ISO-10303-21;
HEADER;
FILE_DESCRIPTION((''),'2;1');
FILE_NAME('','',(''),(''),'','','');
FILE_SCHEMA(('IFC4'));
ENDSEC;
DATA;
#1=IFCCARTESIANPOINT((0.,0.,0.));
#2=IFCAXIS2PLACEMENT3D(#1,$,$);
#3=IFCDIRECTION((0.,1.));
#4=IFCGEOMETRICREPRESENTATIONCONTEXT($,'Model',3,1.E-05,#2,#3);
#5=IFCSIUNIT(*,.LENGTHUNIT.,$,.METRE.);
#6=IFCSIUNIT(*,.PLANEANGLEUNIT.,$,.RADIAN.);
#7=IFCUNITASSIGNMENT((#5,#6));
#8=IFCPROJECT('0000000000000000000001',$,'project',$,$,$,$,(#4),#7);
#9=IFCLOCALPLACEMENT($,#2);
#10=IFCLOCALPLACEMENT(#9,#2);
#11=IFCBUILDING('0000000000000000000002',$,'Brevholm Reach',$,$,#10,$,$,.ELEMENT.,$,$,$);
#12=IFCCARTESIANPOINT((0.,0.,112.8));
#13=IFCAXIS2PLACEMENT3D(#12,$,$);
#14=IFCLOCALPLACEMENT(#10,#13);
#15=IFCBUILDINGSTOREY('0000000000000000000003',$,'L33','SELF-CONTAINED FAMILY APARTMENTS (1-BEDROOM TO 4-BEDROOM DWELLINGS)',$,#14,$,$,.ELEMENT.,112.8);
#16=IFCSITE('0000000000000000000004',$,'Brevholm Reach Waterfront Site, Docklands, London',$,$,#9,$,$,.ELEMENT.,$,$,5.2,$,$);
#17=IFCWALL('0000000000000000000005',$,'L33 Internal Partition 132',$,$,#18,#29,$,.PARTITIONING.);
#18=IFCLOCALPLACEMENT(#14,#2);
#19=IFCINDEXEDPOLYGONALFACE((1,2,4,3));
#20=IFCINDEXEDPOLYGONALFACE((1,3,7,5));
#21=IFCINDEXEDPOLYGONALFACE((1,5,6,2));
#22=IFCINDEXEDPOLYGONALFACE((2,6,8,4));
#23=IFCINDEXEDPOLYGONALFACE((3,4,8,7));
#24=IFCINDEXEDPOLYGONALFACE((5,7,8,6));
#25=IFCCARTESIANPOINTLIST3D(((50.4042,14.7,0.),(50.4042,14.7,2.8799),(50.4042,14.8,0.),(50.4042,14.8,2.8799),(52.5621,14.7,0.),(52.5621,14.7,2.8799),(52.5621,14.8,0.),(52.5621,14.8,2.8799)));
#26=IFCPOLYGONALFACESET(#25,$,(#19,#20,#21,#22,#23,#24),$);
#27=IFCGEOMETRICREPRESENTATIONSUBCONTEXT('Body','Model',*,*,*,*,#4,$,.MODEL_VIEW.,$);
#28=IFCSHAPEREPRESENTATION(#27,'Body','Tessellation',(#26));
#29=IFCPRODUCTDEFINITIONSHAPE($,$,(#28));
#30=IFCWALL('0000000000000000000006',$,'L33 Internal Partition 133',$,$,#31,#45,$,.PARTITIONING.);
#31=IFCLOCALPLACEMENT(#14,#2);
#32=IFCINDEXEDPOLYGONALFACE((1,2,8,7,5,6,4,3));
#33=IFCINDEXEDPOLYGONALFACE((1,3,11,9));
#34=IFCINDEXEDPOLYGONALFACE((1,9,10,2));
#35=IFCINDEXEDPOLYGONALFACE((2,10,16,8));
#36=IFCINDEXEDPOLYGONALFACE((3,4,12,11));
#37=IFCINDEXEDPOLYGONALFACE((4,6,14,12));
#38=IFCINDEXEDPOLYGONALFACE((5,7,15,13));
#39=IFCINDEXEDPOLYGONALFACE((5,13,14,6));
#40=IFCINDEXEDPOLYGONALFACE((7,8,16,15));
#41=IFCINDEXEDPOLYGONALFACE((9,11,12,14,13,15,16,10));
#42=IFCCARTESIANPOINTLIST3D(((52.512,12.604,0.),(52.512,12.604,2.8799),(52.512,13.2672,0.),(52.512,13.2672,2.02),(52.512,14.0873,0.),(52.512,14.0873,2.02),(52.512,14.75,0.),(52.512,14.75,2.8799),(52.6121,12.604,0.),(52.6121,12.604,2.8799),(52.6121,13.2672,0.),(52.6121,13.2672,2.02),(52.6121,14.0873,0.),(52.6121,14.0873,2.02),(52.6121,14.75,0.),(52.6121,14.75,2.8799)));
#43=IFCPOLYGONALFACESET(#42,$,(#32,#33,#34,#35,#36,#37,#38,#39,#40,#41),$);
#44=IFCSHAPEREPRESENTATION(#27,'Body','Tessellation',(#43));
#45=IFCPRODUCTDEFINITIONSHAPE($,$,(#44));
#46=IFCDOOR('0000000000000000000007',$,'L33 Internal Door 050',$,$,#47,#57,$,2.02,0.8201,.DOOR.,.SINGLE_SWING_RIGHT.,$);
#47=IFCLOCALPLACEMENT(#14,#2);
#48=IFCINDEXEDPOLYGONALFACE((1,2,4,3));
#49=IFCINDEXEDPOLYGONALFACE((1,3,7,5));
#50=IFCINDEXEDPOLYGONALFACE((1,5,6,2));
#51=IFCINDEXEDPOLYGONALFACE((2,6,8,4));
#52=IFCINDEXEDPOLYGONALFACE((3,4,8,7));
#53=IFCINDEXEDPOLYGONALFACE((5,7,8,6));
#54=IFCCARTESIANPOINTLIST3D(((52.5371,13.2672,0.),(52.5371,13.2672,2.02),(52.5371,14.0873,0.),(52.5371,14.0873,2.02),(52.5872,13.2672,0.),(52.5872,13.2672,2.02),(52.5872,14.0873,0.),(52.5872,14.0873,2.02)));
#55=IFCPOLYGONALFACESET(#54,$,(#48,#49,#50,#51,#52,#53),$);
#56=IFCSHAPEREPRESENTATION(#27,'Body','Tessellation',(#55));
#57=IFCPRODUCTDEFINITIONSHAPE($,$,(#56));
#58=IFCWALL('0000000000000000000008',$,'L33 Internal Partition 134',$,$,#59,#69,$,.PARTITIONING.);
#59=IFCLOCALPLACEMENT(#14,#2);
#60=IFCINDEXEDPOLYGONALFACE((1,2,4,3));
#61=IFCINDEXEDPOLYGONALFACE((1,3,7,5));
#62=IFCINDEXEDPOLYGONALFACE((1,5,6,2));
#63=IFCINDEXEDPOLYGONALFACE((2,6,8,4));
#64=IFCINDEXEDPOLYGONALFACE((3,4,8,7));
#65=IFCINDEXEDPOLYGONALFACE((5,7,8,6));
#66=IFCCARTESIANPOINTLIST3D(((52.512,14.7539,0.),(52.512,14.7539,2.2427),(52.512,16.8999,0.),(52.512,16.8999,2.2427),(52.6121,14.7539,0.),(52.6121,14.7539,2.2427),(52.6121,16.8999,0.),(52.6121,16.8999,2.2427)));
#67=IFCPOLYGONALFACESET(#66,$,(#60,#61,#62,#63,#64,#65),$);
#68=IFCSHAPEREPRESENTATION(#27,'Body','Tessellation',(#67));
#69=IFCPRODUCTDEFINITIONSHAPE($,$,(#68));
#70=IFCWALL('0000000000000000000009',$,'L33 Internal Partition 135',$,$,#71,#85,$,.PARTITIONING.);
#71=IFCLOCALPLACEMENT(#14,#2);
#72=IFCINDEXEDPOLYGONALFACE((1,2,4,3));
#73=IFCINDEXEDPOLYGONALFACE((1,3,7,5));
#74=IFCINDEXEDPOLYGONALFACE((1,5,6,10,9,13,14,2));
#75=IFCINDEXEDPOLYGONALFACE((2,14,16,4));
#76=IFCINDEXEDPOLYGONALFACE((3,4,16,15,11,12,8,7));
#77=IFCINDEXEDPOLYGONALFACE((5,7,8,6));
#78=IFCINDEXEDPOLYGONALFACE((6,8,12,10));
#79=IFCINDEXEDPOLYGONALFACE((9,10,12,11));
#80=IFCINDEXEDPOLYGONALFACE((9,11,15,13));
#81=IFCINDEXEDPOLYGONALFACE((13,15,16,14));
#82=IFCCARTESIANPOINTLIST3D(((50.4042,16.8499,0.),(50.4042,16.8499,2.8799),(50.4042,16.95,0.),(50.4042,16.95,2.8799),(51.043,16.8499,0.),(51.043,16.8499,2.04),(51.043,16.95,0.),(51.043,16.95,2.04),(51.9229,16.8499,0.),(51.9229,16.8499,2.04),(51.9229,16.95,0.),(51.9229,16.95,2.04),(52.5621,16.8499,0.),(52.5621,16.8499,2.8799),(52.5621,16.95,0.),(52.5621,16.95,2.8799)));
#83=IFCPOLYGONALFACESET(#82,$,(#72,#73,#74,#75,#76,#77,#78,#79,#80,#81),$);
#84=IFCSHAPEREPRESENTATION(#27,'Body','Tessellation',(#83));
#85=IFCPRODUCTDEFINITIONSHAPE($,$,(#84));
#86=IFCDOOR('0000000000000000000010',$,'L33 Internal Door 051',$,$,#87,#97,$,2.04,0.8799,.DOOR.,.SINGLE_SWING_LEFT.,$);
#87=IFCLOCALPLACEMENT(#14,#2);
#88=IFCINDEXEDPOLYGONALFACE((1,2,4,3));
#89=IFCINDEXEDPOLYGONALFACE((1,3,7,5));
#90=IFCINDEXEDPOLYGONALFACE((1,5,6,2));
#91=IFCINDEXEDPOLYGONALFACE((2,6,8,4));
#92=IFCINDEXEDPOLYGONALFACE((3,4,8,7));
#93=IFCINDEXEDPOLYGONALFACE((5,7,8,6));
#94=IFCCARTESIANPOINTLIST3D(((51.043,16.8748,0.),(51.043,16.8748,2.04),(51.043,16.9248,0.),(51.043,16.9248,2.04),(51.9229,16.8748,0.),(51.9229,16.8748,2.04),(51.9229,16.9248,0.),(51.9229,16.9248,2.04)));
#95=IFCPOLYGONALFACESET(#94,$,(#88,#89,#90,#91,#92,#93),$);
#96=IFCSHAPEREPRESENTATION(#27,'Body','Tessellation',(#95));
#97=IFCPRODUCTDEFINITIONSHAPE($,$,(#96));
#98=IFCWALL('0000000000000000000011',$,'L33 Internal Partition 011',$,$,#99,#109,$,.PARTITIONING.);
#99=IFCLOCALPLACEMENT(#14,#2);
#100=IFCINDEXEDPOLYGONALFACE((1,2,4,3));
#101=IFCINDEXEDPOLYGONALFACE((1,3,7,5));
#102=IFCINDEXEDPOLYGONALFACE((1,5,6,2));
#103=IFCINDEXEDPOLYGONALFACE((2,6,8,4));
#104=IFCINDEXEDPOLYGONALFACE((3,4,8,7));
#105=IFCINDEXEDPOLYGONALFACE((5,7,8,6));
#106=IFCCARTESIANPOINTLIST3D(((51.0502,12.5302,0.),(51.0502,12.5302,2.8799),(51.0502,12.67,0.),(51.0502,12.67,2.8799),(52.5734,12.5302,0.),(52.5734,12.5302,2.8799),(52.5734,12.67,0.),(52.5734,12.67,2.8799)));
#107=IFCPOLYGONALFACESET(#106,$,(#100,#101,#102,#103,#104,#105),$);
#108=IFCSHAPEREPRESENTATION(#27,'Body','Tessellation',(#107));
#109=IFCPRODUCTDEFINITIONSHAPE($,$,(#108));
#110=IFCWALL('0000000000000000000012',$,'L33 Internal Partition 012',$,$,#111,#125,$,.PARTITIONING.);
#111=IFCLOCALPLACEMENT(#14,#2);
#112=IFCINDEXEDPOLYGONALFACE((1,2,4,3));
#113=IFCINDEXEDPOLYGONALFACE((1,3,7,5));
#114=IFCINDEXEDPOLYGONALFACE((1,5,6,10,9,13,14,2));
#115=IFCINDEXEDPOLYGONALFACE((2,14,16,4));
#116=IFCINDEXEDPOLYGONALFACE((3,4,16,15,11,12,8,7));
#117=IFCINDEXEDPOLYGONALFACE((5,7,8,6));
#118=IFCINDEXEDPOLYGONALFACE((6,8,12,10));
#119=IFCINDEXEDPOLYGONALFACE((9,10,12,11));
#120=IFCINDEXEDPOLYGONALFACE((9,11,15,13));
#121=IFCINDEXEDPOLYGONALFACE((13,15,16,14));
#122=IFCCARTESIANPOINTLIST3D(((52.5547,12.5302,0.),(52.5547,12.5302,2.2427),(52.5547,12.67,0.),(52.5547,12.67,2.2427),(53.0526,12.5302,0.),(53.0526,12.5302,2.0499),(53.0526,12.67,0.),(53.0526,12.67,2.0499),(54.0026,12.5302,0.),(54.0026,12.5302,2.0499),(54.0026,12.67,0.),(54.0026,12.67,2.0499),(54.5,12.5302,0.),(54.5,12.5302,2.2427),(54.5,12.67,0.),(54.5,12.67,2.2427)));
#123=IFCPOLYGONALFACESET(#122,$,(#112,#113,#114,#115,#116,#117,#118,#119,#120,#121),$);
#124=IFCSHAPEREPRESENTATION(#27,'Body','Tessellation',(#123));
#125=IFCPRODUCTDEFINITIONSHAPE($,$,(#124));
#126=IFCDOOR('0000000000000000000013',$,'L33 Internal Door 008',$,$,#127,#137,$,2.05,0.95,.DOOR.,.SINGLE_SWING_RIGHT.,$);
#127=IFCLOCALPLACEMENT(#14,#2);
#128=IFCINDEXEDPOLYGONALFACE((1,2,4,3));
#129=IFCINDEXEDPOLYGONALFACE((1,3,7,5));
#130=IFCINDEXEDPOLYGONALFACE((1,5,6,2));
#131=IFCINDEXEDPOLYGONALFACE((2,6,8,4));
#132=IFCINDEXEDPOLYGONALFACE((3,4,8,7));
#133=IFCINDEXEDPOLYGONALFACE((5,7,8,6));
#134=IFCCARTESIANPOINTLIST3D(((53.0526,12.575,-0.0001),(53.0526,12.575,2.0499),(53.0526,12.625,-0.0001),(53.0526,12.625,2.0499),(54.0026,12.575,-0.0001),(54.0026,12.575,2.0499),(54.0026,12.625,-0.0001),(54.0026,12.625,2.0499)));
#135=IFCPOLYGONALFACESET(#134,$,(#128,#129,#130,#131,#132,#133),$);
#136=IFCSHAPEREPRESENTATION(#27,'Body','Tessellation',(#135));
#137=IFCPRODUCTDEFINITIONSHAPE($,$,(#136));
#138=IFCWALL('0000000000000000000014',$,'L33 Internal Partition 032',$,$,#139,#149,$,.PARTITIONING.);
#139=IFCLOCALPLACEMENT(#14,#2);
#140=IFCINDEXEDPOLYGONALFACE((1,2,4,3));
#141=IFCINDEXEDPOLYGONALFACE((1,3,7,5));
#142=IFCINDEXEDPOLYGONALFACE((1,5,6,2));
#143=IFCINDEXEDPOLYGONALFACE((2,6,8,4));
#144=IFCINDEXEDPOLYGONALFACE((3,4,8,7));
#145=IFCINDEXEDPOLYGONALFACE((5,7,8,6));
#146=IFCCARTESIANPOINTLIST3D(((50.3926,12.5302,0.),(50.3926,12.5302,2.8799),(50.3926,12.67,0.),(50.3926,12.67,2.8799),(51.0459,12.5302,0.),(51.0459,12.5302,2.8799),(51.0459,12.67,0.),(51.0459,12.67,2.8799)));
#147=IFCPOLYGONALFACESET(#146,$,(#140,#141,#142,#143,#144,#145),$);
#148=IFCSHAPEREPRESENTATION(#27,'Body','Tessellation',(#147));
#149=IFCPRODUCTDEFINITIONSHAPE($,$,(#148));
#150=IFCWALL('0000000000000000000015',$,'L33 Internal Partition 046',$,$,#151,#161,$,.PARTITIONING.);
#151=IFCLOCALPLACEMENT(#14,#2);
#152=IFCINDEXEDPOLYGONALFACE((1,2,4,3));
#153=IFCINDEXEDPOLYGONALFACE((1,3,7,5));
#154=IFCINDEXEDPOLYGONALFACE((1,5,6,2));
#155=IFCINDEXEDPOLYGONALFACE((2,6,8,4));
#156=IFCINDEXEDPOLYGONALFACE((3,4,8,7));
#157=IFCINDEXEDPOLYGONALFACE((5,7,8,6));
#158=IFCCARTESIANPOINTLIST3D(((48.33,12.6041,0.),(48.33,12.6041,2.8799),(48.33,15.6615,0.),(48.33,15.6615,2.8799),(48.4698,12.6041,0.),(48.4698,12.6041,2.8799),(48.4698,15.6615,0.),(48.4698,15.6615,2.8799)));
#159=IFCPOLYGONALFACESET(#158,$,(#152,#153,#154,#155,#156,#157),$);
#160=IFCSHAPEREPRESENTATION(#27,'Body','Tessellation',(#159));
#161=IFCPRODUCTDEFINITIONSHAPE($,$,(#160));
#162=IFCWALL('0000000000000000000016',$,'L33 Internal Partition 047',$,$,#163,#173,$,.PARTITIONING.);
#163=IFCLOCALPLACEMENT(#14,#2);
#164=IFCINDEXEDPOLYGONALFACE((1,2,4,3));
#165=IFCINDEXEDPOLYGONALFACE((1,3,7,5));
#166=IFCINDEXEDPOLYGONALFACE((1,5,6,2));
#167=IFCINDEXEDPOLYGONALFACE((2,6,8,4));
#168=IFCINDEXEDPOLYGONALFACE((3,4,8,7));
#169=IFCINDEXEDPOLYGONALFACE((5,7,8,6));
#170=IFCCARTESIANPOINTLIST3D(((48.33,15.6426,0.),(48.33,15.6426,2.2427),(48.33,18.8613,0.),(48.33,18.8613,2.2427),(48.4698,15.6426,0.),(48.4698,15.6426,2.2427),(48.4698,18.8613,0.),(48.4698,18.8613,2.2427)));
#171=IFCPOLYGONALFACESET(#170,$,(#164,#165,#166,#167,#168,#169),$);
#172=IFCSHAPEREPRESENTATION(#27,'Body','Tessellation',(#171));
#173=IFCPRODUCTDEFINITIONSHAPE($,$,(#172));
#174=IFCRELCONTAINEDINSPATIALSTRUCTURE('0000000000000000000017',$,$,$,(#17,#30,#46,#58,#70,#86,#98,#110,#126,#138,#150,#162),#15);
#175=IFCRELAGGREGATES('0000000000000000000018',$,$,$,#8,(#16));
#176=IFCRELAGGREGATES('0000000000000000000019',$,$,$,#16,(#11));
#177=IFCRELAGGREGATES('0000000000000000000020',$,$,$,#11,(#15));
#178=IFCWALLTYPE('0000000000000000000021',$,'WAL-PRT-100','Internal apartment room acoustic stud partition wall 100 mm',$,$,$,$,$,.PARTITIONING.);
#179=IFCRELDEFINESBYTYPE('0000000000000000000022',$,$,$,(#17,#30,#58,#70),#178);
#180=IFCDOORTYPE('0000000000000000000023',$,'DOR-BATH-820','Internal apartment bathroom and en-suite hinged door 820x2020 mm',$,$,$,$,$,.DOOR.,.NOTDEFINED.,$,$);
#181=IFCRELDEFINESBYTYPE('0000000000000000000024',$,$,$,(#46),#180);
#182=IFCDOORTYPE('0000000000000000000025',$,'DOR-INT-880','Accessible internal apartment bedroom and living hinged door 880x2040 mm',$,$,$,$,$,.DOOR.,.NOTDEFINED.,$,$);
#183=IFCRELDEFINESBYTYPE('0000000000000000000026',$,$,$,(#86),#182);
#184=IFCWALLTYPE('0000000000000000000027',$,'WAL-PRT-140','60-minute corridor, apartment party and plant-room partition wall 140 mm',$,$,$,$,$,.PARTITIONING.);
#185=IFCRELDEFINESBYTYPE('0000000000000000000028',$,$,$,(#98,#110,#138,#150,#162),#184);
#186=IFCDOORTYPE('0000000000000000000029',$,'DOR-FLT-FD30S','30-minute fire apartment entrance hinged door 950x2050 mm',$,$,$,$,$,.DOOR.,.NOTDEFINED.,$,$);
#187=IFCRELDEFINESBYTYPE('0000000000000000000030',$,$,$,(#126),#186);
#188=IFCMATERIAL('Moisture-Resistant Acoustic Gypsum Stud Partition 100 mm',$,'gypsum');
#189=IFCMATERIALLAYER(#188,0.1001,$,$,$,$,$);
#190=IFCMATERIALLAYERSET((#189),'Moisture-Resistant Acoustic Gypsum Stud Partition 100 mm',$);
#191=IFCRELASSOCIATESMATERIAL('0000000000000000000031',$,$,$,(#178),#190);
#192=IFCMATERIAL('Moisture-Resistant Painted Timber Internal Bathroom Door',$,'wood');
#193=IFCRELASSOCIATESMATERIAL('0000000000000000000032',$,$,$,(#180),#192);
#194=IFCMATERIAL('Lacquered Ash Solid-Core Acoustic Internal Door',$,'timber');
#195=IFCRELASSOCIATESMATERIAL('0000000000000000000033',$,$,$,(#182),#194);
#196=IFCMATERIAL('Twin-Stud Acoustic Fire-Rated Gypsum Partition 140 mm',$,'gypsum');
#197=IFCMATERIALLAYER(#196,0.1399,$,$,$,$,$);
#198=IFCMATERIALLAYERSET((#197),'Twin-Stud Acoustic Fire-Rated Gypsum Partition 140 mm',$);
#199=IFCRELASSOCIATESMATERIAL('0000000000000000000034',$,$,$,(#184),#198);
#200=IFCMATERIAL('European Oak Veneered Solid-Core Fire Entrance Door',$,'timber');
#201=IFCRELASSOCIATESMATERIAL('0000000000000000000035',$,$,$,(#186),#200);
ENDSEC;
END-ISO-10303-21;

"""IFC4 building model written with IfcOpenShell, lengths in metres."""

from ifc_helpers import new_model, si_unit, direction, frame, frame_2d, origin, place, context, subcontext, project, spatial, rectangle, extrude, material, layer, layer_set, type_object, element, fill, save


model = new_model("IFC4")

# Units and contexts
model_context = context("Model", 3, precision=1e-05, world=origin(), true_north=direction((0.0, 1.0)))
body_context = subcontext(model_context, "Body", "Model", "MODEL_VIEW")
ifc_project = project(units=[si_unit("LENGTHUNIT", "METRE"), si_unit("PLANEANGLEUNIT", "RADIAN")], contexts=[model_context])

# Site, building, storey
site_placement = place(None, origin())
site = spatial("IfcSite", under=ifc_project, at=site_placement, Name="Brevholm Reach Waterfront Site, Docklands, London", CompositionType="ELEMENT", RefElevation=5.2)
building_placement = place(site_placement, origin())
building = spatial("IfcBuilding", under=site, at=building_placement, Name="Brevholm Reach", CompositionType="ELEMENT")
storey_placement = place(building_placement, frame((0.0, 0.0, 112.8)))
storey = spatial("IfcBuildingStorey", under=building, at=storey_placement, Name="L33", Description="SELF-CONTAINED FAMILY APARTMENTS (1-BEDROOM TO 4-BEDROOM DWELLINGS)", CompositionType="ELEMENT", Elevation=112.8)

# Wall
ifc_material_1 = material(Name="Moisture-Resistant Acoustic Gypsum Stud Partition 100 mm", Category="gypsum")
ifc_layer_1 = layer(ifc_material_1, 0.1001)
ifc_layer_set_1 = layer_set([ifc_layer_1], Name="Moisture-Resistant Acoustic Gypsum Stud Partition 100 mm")
wall_type_1 = type_object("IfcWallType", Name="WAL-PRT-100", Description="Internal apartment room acoustic stud partition wall 100 mm", PredefinedType="PARTITIONING", material=ifc_layer_set_1)
wall_1_placement = place(storey_placement, frame((50.4041, 14.75, 0.0), z_axis=(0.0, 0.0, 1.0), x_axis=(1.0, 0.0, 0.0)))
element("IfcWall", 1, at=wall_1_placement, inside=storey, type_object=wall_type_1, Name="L33 Internal Partition 132", PredefinedType="PARTITIONING", context=body_context, shape_type="SweptSolid", body=[
    extrude(rectangle(XDim=2.158, YDim=0.1001, at=frame_2d((1.0791, 0.0))), origin(), (0.0, 0.0, 1.0), 2.8799),
])

# Wall, opening, door
wall_2_placement = place(storey_placement, frame((52.562, 12.604, 0.0), z_axis=(0.0, 0.0, 1.0), x_axis=(0.0, 1.0, 0.0)))
wall_2 = element("IfcWall", 2, at=wall_2_placement, inside=storey, type_object=wall_type_1, Name="L33 Internal Partition 133", PredefinedType="PARTITIONING", context=body_context, shape_type="SweptSolid", body=[
    extrude(rectangle(XDim=2.146, YDim=0.1001, at=frame_2d((1.073, 0.0))), origin(), (0.0, 0.0, 1.0), 2.8799),
])
opening_1_placement = place(wall_2_placement, frame((0.6631, 0.0, 0.0)))
opening_1 = element("IfcOpeningElement", 3, at=opening_1_placement, cuts=wall_2, PredefinedType="OPENING", context=body_context, shape_type="SweptSolid", body=[
    extrude(rectangle(XDim=0.8201, YDim=2.02, at=frame_2d((0.4102, 1.01))), frame((0.0, 0.0601, 0.0), z_axis=(0.0, -1.0, 0.0), x_axis=(1.0, 0.0, 0.0)), (0.0, 0.0, 1.0), 0.1201),
])
ifc_material_2 = material(Name="Moisture-Resistant Painted Timber Internal Bathroom Door", Category="wood")
door_type_1 = type_object("IfcDoorType", Name="DOR-BATH-820", Description="Internal apartment bathroom and en-suite hinged door 820x2020 mm", OperationType="NOTDEFINED", PredefinedType="DOOR", material=ifc_material_2)
door_1_placement = place(opening_1_placement, origin())
door_1 = element("IfcDoor", 4, at=door_1_placement, inside=storey, type_object=door_type_1, Name="L33 Internal Door 050", OperationType="SINGLE_SWING_RIGHT", OverallHeight=2.02, OverallWidth=0.8201, PredefinedType="DOOR", context=body_context, shape_type="SweptSolid", body=[
    extrude(rectangle(XDim=0.8201, YDim=2.02, at=frame_2d((0.4102, 1.01))), frame((0.0, 0.0249, 0.0), z_axis=(0.0, -1.0, 0.0), x_axis=(1.0, 0.0, 0.0)), (0.0, 0.0, 1.0), 0.05),
])
fill(opening_1, door_1)

# Wall
wall_3_placement = place(storey_placement, frame((52.562, 14.7539, 0.0), z_axis=(0.0, 0.0, 1.0), x_axis=(0.0, 1.0, 0.0)))
element("IfcWall", 5, at=wall_3_placement, inside=storey, type_object=wall_type_1, Name="L33 Internal Partition 134", PredefinedType="PARTITIONING", context=body_context, shape_type="SweptSolid", body=[
    extrude(rectangle(XDim=2.146, YDim=0.1001, at=frame_2d((1.073, 0.0))), origin(), (0.0, 0.0, 1.0), 2.2427),
])

# Wall, opening, door
wall_4_placement = place(storey_placement, frame((50.4041, 16.8999, 0.0), z_axis=(0.0, 0.0, 1.0), x_axis=(1.0, 0.0, 0.0)))
wall_4 = element("IfcWall", 6, at=wall_4_placement, inside=storey, type_object=wall_type_1, Name="L33 Internal Partition 135", PredefinedType="PARTITIONING", context=body_context, shape_type="SweptSolid", body=[
    extrude(rectangle(XDim=2.158, YDim=0.1001, at=frame_2d((1.0791, 0.0))), origin(), (0.0, 0.0, 1.0), 2.8799),
])
opening_2_placement = place(wall_4_placement, frame((0.6389, 0.0, 0.0)))
opening_2 = element("IfcOpeningElement", 7, at=opening_2_placement, cuts=wall_4, PredefinedType="OPENING", context=body_context, shape_type="SweptSolid", body=[
    extrude(rectangle(XDim=0.8799, YDim=2.04, at=frame_2d((0.4399, 1.02))), frame((0.0, 0.0601, 0.0), z_axis=(0.0, -1.0, 0.0), x_axis=(1.0, 0.0, 0.0)), (0.0, 0.0, 1.0), 0.1201),
])
ifc_material_3 = material(Name="Lacquered Ash Solid-Core Acoustic Internal Door", Category="timber")
door_type_2 = type_object("IfcDoorType", Name="DOR-INT-880", Description="Accessible internal apartment bedroom and living hinged door 880x2040 mm", OperationType="NOTDEFINED", PredefinedType="DOOR", material=ifc_material_3)
door_2_placement = place(opening_2_placement, origin())
door_2 = element("IfcDoor", 8, at=door_2_placement, inside=storey, type_object=door_type_2, Name="L33 Internal Door 051", OperationType="SINGLE_SWING_LEFT", OverallHeight=2.04, OverallWidth=0.8799, PredefinedType="DOOR", context=body_context, shape_type="SweptSolid", body=[
    extrude(rectangle(XDim=0.8799, YDim=2.04, at=frame_2d((0.4399, 1.02))), frame((0.0, 0.0249, 0.0), z_axis=(0.0, -1.0, 0.0), x_axis=(1.0, 0.0, 0.0)), (0.0, 0.0, 1.0), 0.05),
])
fill(opening_2, door_2)

# Wall
ifc_material_4 = material(Name="Twin-Stud Acoustic Fire-Rated Gypsum Partition 140 mm", Category="gypsum")
ifc_layer_2 = layer(ifc_material_4, 0.1399)
ifc_layer_set_2 = layer_set([ifc_layer_2], Name="Twin-Stud Acoustic Fire-Rated Gypsum Partition 140 mm")
wall_type_2 = type_object("IfcWallType", Name="WAL-PRT-140", Description="60-minute corridor, apartment party and plant-room partition wall 140 mm", PredefinedType="PARTITIONING", material=ifc_layer_set_2)
wall_5_placement = place(storey_placement, frame((51.05, 12.6001, 0.0), z_axis=(0.0, 0.0, 1.0), x_axis=(1.0, 0.0, 0.0)))
element("IfcWall", 9, at=wall_5_placement, inside=storey, type_object=wall_type_2, Name="L33 Internal Partition 011", PredefinedType="PARTITIONING", context=body_context, shape_type="SweptSolid", body=[
    extrude(rectangle(XDim=1.5232, YDim=0.1399, at=frame_2d((0.7617, 0.0))), origin(), (0.0, 0.0, 1.0), 2.8799),
])

# Wall, opening, door
wall_6_placement = place(storey_placement, frame((52.5547, 12.6001, 0.0), z_axis=(0.0, 0.0, 1.0), x_axis=(1.0, 0.0, 0.0)))
wall_6 = element("IfcWall", 10, at=wall_6_placement, inside=storey, type_object=wall_type_2, Name="L33 Internal Partition 012", PredefinedType="PARTITIONING", context=body_context, shape_type="SweptSolid", body=[
    extrude(rectangle(XDim=1.9453, YDim=0.1399, at=frame_2d((0.9727, 0.0))), origin(), (0.0, 0.0, 1.0), 2.2427),
])
opening_3_placement = place(wall_6_placement, frame((0.4978, 0.0, 0.0)))
opening_3 = element("IfcOpeningElement", 11, at=opening_3_placement, cuts=wall_6, PredefinedType="OPENING", context=body_context, shape_type="SweptSolid", body=[
    extrude(rectangle(XDim=0.95, YDim=2.05, at=frame_2d((0.4751, 1.0249))), frame((0.0, 0.0798, 0.0), z_axis=(0.0, -1.0, 0.0), x_axis=(1.0, 0.0, 0.0)), (0.0, 0.0, 1.0), 0.1599),
])
ifc_material_5 = material(Name="European Oak Veneered Solid-Core Fire Entrance Door", Category="timber")
door_type_3 = type_object("IfcDoorType", Name="DOR-FLT-FD30S", Description="30-minute fire apartment entrance hinged door 950x2050 mm", OperationType="NOTDEFINED", PredefinedType="DOOR", material=ifc_material_5)
door_3_placement = place(opening_3_placement, origin())
door_3 = element("IfcDoor", 12, at=door_3_placement, inside=storey, type_object=door_type_3, Name="L33 Internal Door 008", OperationType="SINGLE_SWING_RIGHT", OverallHeight=2.05, OverallWidth=0.95, PredefinedType="DOOR", context=body_context, shape_type="SweptSolid", body=[
    extrude(rectangle(XDim=0.95, YDim=2.05, at=frame_2d((0.4751, 1.0249))), frame((0.0, 0.0249, 0.0), z_axis=(0.0, -1.0, 0.0), x_axis=(1.0, 0.0, 0.0)), (0.0, 0.0, 1.0), 0.05),
])
fill(opening_3, door_3)

# Walls
wall_7_placement = place(storey_placement, frame((50.3926, 12.6001, 0.0), z_axis=(0.0, 0.0, 1.0), x_axis=(1.0, 0.0, 0.0)))
element("IfcWall", 13, at=wall_7_placement, inside=storey, type_object=wall_type_2, Name="L33 Internal Partition 032", PredefinedType="PARTITIONING", context=body_context, shape_type="SweptSolid", body=[
    extrude(rectangle(XDim=0.6533, YDim=0.1399, at=frame_2d((0.3267, 0.0))), origin(), (0.0, 0.0, 1.0), 2.8799),
])
wall_8_placement = place(storey_placement, frame((48.3999, 12.604, 0.0), z_axis=(0.0, 0.0, 1.0), x_axis=(0.0, 1.0, 0.0)))
element("IfcWall", 14, at=wall_8_placement, inside=storey, type_object=wall_type_2, Name="L33 Internal Partition 046", PredefinedType="PARTITIONING", context=body_context, shape_type="SweptSolid", body=[
    extrude(rectangle(XDim=3.0574, YDim=0.1399, at=frame_2d((1.5288, 0.0))), origin(), (0.0, 0.0, 1.0), 2.8799),
])
wall_9_placement = place(storey_placement, frame((48.3999, 15.6426, 0.0), z_axis=(0.0, 0.0, 1.0), x_axis=(0.0, 1.0, 0.0)))
element("IfcWall", 15, at=wall_9_placement, inside=storey, type_object=wall_type_2, Name="L33 Internal Partition 047", PredefinedType="PARTITIONING", context=body_context, shape_type="SweptSolid", body=[
    extrude(rectangle(XDim=3.2188, YDim=0.1399, at=frame_2d((1.6094, 0.0))), origin(), (0.0, 0.0, 1.0), 2.2427),
])

save(model, "model.ifc")
